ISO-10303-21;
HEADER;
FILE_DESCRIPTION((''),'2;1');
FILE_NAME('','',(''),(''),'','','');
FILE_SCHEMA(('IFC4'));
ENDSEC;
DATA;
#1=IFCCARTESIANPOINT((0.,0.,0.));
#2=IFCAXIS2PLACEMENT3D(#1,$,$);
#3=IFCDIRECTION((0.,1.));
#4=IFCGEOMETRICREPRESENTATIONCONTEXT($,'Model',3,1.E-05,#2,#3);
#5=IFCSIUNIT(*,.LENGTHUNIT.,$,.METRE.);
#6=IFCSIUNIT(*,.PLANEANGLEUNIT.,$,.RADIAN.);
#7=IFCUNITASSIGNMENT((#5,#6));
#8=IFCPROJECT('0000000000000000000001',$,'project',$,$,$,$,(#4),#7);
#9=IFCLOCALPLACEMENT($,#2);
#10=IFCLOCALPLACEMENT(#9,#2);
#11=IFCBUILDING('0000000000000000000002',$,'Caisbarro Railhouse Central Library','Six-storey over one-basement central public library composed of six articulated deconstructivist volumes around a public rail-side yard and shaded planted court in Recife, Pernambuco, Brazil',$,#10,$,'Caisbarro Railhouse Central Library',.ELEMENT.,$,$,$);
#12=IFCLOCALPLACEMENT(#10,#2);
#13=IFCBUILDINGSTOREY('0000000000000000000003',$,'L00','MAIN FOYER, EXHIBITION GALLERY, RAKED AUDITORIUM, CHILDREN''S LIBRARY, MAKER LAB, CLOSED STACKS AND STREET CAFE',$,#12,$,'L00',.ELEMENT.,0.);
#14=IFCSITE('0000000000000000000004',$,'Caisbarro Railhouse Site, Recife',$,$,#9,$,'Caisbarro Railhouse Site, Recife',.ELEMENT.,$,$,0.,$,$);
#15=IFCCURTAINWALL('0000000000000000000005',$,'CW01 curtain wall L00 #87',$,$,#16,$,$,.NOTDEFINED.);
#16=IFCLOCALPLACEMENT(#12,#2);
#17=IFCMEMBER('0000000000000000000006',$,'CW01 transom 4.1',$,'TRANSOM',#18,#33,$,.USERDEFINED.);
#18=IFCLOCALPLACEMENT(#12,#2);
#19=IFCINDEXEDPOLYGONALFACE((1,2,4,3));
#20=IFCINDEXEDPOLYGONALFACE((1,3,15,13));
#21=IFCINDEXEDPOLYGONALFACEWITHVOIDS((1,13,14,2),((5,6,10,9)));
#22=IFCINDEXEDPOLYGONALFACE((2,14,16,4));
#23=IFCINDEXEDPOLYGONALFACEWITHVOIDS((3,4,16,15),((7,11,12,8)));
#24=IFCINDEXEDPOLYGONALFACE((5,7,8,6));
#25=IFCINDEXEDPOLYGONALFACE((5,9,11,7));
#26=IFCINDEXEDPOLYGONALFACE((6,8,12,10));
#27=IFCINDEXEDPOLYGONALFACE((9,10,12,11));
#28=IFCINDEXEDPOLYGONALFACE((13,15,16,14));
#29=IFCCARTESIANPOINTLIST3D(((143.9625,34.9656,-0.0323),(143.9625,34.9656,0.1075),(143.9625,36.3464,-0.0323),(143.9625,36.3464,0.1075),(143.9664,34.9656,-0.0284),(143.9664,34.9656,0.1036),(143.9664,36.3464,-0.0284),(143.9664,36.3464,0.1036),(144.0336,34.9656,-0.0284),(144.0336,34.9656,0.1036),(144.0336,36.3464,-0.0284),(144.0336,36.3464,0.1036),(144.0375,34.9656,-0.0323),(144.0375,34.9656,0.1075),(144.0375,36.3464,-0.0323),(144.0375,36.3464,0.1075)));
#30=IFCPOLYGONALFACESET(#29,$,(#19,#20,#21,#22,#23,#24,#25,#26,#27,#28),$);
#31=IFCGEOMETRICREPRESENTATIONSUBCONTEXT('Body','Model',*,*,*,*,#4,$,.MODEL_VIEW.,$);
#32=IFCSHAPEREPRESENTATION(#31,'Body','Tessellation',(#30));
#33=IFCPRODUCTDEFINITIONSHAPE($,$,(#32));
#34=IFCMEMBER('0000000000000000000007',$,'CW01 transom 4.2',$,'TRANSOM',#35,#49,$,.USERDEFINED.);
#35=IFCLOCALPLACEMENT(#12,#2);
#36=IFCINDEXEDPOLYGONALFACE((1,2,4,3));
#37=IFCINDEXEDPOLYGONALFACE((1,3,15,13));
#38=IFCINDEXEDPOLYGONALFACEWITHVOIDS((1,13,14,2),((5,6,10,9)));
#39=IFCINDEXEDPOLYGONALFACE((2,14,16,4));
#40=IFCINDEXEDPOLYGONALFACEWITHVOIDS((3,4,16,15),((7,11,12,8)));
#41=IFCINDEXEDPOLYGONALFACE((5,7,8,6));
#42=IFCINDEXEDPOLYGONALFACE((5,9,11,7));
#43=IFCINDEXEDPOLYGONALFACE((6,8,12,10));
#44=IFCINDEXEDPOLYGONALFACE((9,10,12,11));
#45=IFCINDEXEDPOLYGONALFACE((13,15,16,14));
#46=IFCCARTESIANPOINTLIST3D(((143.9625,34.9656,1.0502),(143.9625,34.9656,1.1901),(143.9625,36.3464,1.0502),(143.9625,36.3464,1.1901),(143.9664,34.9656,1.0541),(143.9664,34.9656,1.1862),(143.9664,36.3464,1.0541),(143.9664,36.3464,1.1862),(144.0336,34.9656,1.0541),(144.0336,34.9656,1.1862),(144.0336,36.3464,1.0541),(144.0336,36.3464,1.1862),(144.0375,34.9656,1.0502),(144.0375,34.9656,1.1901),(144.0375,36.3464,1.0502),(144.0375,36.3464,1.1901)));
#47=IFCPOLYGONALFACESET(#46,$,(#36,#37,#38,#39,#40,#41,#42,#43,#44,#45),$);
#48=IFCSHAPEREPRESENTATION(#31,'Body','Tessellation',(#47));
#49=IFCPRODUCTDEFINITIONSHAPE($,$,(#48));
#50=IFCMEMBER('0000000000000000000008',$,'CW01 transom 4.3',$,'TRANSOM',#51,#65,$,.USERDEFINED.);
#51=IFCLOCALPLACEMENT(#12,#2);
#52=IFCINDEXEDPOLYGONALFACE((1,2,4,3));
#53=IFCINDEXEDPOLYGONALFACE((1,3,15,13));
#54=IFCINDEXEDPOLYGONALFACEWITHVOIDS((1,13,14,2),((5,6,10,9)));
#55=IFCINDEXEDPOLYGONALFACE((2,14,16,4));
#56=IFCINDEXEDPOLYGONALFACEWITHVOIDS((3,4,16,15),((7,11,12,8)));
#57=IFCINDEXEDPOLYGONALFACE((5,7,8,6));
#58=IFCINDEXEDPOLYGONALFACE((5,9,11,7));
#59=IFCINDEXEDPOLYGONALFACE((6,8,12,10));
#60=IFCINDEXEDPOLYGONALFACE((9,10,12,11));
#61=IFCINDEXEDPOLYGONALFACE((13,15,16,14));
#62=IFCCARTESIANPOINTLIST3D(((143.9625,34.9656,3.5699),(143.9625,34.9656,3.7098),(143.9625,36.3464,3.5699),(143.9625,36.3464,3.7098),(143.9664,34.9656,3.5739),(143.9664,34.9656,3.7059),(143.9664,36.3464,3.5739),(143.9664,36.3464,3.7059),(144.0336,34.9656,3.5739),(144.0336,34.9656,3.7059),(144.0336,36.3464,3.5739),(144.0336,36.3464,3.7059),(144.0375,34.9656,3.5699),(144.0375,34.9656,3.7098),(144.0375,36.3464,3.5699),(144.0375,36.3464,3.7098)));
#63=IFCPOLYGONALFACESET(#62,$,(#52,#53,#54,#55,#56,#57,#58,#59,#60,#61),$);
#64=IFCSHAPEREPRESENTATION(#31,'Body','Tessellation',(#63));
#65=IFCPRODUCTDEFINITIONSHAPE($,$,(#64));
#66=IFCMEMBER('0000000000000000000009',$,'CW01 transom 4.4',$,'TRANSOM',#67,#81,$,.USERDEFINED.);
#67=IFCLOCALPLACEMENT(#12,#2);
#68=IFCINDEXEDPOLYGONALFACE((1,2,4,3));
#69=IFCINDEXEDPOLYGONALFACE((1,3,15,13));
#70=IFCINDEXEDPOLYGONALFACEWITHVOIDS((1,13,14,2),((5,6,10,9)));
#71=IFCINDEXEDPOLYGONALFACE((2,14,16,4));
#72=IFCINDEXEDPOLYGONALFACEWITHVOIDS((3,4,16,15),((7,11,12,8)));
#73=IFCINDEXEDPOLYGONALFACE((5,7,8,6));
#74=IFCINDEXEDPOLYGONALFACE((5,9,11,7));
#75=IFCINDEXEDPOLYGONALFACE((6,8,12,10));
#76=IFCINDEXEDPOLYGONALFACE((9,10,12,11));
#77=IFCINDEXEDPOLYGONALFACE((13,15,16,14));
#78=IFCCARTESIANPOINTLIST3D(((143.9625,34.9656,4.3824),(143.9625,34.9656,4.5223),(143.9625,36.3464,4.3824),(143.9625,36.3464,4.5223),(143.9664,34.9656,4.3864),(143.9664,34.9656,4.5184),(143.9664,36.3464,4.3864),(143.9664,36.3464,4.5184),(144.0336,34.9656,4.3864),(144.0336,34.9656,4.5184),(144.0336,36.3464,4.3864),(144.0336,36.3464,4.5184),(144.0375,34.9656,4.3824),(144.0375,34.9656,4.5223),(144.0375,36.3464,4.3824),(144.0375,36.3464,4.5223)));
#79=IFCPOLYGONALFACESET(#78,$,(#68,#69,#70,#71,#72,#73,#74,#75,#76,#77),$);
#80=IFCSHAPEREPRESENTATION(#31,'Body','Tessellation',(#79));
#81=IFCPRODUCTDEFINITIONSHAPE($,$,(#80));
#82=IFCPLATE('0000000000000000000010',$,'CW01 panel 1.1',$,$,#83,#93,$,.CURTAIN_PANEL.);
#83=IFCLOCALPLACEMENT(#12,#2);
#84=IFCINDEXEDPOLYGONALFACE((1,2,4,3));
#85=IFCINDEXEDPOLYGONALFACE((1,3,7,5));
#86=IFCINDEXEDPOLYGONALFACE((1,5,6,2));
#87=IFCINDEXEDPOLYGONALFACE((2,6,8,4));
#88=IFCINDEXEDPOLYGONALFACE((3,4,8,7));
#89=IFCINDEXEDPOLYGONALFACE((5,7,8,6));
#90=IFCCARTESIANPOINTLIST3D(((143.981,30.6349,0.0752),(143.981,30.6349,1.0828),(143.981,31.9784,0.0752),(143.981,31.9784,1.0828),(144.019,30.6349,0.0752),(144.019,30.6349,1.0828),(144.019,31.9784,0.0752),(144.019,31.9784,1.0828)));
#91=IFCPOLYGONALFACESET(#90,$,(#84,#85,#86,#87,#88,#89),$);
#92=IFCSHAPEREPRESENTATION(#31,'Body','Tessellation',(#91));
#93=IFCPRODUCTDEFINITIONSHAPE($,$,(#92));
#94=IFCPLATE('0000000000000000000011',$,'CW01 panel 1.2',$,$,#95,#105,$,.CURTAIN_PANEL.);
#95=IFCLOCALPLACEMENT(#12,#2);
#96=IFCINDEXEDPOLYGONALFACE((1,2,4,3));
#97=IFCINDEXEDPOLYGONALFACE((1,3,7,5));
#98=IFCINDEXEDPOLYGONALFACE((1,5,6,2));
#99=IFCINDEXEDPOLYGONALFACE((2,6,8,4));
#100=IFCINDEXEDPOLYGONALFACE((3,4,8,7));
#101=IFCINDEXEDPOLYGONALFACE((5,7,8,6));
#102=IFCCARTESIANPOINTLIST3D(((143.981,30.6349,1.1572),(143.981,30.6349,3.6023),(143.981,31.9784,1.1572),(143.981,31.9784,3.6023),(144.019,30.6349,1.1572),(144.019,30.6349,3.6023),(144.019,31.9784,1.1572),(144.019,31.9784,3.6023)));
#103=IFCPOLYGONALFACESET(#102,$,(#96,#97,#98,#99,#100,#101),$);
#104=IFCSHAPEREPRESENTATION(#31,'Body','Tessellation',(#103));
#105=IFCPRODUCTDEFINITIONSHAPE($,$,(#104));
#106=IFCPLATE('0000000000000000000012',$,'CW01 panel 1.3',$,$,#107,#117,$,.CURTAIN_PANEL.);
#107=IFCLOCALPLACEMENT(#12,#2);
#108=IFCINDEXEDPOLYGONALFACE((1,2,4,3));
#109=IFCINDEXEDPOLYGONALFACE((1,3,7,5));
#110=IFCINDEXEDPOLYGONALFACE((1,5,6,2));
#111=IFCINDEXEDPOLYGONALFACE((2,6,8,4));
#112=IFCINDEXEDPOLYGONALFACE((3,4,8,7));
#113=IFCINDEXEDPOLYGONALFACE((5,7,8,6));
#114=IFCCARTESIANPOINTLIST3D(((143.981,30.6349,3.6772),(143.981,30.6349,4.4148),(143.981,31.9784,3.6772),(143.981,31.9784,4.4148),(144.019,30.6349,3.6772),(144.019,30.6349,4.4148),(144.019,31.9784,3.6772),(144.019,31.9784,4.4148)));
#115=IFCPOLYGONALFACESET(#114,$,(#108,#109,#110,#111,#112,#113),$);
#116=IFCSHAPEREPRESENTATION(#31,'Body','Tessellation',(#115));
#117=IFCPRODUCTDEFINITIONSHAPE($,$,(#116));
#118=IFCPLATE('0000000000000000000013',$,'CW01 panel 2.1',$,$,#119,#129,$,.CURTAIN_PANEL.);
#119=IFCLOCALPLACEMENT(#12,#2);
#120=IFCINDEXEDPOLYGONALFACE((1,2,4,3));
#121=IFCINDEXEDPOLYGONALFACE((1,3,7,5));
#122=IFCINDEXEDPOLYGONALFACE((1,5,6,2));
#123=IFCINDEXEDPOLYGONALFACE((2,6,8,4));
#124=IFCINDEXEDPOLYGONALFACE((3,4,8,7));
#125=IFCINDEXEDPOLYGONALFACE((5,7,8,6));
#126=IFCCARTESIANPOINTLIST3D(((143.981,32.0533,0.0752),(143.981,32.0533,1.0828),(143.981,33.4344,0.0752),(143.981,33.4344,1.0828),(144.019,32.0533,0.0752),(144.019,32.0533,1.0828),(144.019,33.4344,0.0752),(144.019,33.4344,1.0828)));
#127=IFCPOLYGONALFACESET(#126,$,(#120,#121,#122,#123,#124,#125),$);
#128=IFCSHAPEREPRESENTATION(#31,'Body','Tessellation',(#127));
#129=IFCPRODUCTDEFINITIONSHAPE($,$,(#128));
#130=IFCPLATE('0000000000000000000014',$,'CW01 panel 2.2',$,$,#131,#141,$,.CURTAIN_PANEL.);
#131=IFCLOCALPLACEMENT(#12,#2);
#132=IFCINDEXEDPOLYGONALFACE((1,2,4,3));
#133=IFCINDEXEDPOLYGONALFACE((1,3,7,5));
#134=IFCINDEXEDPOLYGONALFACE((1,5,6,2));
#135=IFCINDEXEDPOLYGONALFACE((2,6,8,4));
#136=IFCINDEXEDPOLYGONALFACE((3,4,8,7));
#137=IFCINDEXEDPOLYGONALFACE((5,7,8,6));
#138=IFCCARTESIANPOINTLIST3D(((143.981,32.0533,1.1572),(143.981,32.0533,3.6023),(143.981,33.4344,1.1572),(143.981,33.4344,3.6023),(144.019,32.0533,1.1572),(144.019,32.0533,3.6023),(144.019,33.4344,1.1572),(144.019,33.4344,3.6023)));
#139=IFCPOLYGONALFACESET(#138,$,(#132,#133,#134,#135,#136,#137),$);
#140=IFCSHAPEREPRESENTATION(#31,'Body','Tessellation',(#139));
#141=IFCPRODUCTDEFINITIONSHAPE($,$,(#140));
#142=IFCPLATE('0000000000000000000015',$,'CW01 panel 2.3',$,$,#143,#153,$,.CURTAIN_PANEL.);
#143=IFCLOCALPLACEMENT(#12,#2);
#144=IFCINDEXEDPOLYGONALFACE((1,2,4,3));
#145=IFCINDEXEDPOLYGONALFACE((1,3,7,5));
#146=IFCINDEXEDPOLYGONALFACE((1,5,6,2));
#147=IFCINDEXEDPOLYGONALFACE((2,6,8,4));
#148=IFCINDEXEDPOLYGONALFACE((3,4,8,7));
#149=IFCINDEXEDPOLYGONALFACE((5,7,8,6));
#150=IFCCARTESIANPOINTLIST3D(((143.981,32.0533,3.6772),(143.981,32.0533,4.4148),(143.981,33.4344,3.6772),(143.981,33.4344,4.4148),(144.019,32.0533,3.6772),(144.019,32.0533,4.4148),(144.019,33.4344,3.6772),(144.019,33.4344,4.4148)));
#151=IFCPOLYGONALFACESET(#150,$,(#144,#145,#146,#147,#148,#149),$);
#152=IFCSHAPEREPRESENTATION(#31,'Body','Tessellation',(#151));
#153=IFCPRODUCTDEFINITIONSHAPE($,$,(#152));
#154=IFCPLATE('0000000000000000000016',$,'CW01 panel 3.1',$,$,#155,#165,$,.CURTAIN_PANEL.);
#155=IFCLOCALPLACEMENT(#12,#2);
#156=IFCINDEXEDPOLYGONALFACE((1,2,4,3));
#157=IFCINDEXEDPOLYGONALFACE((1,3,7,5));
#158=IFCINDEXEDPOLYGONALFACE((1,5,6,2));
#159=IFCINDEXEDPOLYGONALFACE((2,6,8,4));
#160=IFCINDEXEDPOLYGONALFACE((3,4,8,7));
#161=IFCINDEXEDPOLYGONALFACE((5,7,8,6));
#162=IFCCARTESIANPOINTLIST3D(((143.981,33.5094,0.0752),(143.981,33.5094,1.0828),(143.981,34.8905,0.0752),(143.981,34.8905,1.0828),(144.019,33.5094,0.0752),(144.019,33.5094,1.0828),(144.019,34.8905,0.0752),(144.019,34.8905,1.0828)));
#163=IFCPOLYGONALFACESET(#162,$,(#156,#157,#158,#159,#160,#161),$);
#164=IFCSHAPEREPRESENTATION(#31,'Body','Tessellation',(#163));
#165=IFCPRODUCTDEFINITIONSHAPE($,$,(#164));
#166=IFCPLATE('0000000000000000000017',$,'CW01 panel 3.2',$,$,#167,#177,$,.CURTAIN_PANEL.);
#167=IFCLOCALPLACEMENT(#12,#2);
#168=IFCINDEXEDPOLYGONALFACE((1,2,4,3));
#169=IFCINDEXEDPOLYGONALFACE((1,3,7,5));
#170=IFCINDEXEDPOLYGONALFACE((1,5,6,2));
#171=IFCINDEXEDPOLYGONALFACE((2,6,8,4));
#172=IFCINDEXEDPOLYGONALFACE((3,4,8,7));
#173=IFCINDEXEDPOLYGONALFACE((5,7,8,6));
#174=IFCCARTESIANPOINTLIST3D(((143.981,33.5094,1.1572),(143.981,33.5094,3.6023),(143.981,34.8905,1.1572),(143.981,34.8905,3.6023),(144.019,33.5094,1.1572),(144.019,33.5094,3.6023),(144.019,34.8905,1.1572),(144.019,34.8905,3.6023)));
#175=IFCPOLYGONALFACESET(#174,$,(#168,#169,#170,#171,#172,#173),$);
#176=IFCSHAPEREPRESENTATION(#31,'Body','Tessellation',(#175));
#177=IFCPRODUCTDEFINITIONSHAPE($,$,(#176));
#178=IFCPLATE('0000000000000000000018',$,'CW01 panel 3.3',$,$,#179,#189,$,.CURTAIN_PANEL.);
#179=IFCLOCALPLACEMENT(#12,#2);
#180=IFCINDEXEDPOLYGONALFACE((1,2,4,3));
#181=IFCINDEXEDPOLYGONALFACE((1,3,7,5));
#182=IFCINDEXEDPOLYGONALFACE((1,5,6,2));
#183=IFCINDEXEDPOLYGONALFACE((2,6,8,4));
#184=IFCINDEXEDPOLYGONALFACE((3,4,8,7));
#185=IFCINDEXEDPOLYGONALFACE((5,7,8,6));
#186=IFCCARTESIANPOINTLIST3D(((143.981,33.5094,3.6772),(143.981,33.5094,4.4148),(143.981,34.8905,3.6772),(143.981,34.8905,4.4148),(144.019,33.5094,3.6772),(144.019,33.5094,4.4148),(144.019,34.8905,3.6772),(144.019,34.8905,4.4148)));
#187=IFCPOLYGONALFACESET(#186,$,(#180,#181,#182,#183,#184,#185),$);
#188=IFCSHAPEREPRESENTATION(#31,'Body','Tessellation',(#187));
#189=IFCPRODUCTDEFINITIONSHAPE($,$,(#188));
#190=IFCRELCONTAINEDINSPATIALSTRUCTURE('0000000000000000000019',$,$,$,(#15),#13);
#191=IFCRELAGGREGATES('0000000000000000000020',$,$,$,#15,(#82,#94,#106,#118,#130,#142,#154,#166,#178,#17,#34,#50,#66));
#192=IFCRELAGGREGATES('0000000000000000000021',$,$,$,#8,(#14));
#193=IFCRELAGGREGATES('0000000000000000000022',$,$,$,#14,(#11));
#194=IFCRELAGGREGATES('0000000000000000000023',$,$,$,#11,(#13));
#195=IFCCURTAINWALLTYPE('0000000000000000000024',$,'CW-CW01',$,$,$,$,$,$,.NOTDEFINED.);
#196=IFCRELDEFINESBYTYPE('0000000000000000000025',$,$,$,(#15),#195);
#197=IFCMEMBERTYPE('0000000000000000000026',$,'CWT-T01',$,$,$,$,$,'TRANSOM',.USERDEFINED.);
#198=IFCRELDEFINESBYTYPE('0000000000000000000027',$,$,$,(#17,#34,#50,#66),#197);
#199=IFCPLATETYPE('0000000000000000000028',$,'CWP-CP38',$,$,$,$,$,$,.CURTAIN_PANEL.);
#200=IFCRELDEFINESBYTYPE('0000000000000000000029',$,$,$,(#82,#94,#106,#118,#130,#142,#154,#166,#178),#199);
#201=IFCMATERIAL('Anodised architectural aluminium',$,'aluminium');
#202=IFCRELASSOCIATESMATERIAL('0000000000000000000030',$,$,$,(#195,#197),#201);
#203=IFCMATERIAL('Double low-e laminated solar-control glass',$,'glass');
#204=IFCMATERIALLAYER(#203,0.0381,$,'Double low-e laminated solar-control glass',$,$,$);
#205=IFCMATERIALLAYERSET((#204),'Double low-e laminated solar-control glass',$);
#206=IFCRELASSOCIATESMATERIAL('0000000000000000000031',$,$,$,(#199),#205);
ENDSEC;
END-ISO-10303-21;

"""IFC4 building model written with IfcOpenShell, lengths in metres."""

from ifc_helpers import new_model, si_unit, direction, frame, origin, origin_2d, place, context, subcontext, project, spatial, rectangle, hollow_rectangle, extrude, material, layer, layer_set, material_profile, profile_set, type_object, element, aggregate, save


model = new_model("IFC4")

# Units and contexts
model_context = context("Model", 3, precision=1e-05, world=origin(), true_north=direction((0.0, 1.0)))
body_context = subcontext(model_context, "Body", "Model", "MODEL_VIEW")
ifc_project = project(units=[si_unit("LENGTHUNIT", "METRE"), si_unit("PLANEANGLEUNIT", "RADIAN")], contexts=[model_context])

# Site, building, storey
site_placement = place(None, origin())
site = spatial("IfcSite", under=ifc_project, at=site_placement, Name="Caisbarro Railhouse Site, Recife", LongName="Caisbarro Railhouse Site, Recife", CompositionType="ELEMENT", RefElevation=0.0)
building_placement = place(site_placement, origin())
building = spatial("IfcBuilding", under=site, at=building_placement, Name="Caisbarro Railhouse Central Library", Description="Six-storey over one-basement central public library composed of six articulated deconstructivist volumes around a public rail-side yard and shaded planted court in Recife, Pernambuco, Brazil", LongName="Caisbarro Railhouse Central Library", CompositionType="ELEMENT")
storey_placement = place(building_placement, origin())
storey = spatial("IfcBuildingStorey", under=building, at=storey_placement, Name="L00", Description="MAIN FOYER, EXHIBITION GALLERY, RAKED AUDITORIUM, CHILDREN'S LIBRARY, MAKER LAB, CLOSED STACKS AND STREET CAFE", LongName="L00", CompositionType="ELEMENT", Elevation=0.0)

# Curtain wall, members, plates
ifc_material_1 = material(Name="Anodised architectural aluminium", Category="aluminium")
curtain_wall_type = type_object("IfcCurtainWallType", Name="CW-CW01", PredefinedType="NOTDEFINED", material=ifc_material_1)
curtain_wall_placement = place(storey_placement, origin())
curtain_wall = element("IfcCurtainWall", 1, at=curtain_wall_placement, inside=storey, type_object=curtain_wall_type, Name="CW01 curtain wall L00 #87", PredefinedType="NOTDEFINED")
ifc_material_profile_1 = material_profile(ifc_material_1, hollow_rectangle(XDim=0.075, YDim=0.1399, WallThickness=0.0039, at=origin_2d()), Name="ALU-TRN-75X140")
ifc_profile_set_1 = profile_set([ifc_material_profile_1], Name="Anodised architectural aluminium")
member_type_1 = type_object("IfcMemberType", Name="CWT-T01", ElementType="TRANSOM", PredefinedType="USERDEFINED", material=ifc_profile_set_1)
member_1_placement = place(storey_placement, frame((144.0, 34.9656, 0.0376), z_axis=(0.0, 1.0, 0.0), x_axis=(-1.0, 0.0, 0.0)))
member_1 = element("IfcMember", 2, at=member_1_placement, type_object=member_type_1, Name="CW01 transom 4.1", ObjectType="TRANSOM", PredefinedType="USERDEFINED", context=body_context, shape_type="SweptSolid", body=[
    extrude(hollow_rectangle(XDim=0.075, YDim=0.1399, WallThickness=0.0039, at=origin_2d()), origin(), (0.0, 0.0, 1.0), 1.3809),
])
member_2_placement = place(storey_placement, frame((144.0, 34.9656, 1.1201), z_axis=(0.0, 1.0, 0.0), x_axis=(-1.0, 0.0, 0.0)))
member_2 = element("IfcMember", 3, at=member_2_placement, type_object=member_type_1, Name="CW01 transom 4.2", ObjectType="TRANSOM", PredefinedType="USERDEFINED", context=body_context, shape_type="SweptSolid", body=[
    extrude(hollow_rectangle(XDim=0.075, YDim=0.1399, WallThickness=0.0039, at=origin_2d()), origin(), (0.0, 0.0, 1.0), 1.3809),
])
member_3_placement = place(storey_placement, frame((144.0, 34.9656, 3.6399), z_axis=(0.0, 1.0, 0.0), x_axis=(-1.0, 0.0, 0.0)))
member_3 = element("IfcMember", 4, at=member_3_placement, type_object=member_type_1, Name="CW01 transom 4.3", ObjectType="TRANSOM", PredefinedType="USERDEFINED", context=body_context, shape_type="SweptSolid", body=[
    extrude(hollow_rectangle(XDim=0.075, YDim=0.1399, WallThickness=0.0039, at=origin_2d()), origin(), (0.0, 0.0, 1.0), 1.3809),
])
member_4_placement = place(storey_placement, frame((144.0, 34.9656, 4.4524), z_axis=(0.0, 1.0, 0.0), x_axis=(-1.0, 0.0, 0.0)))
member_4 = element("IfcMember", 5, at=member_4_placement, type_object=member_type_1, Name="CW01 transom 4.4", ObjectType="TRANSOM", PredefinedType="USERDEFINED", context=body_context, shape_type="SweptSolid", body=[
    extrude(hollow_rectangle(XDim=0.075, YDim=0.1399, WallThickness=0.0039, at=origin_2d()), origin(), (0.0, 0.0, 1.0), 1.3809),
])
ifc_material_2 = material(Name="Double low-e laminated solar-control glass", Category="glass")
ifc_layer_1 = layer(ifc_material_2, 0.0381, Name="Double low-e laminated solar-control glass")
ifc_layer_set_1 = layer_set([ifc_layer_1], Name="Double low-e laminated solar-control glass")
plate_type = type_object("IfcPlateType", Name="CWP-CP38", PredefinedType="CURTAIN_PANEL", material=ifc_layer_set_1)
plate_1_placement = place(storey_placement, frame((144.0, 31.3066, 0.0752), z_axis=(0.0, 0.0, 1.0), x_axis=(0.0, 1.0, 0.0)))
plate_1 = element("IfcPlate", 6, at=plate_1_placement, type_object=plate_type, Name="CW01 panel 1.1", PredefinedType="CURTAIN_PANEL", context=body_context, shape_type="SweptSolid", body=[
    extrude(rectangle(XDim=1.3435, YDim=0.0381, at=origin_2d()), origin(), (0.0, 0.0, 1.0), 1.0076),
])
plate_2_placement = place(storey_placement, frame((144.0, 31.3066, 1.1572), z_axis=(0.0, 0.0, 1.0), x_axis=(0.0, 1.0, 0.0)))
plate_2 = element("IfcPlate", 7, at=plate_2_placement, type_object=plate_type, Name="CW01 panel 1.2", PredefinedType="CURTAIN_PANEL", context=body_context, shape_type="SweptSolid", body=[
    extrude(rectangle(XDim=1.3435, YDim=0.0381, at=origin_2d()), origin(), (0.0, 0.0, 1.0), 2.4451),
])
plate_3_placement = place(storey_placement, frame((144.0, 31.3066, 3.6772), z_axis=(0.0, 0.0, 1.0), x_axis=(0.0, 1.0, 0.0)))
plate_3 = element("IfcPlate", 8, at=plate_3_placement, type_object=plate_type, Name="CW01 panel 1.3", PredefinedType="CURTAIN_PANEL", context=body_context, shape_type="SweptSolid", body=[
    extrude(rectangle(XDim=1.3435, YDim=0.0381, at=origin_2d()), origin(), (0.0, 0.0, 1.0), 0.7375),
])
plate_4_placement = place(storey_placement, frame((144.0, 32.7439, 0.0752), z_axis=(0.0, 0.0, 1.0), x_axis=(0.0, 1.0, 0.0)))
plate_4 = element("IfcPlate", 9, at=plate_4_placement, type_object=plate_type, Name="CW01 panel 2.1", PredefinedType="CURTAIN_PANEL", context=body_context, shape_type="SweptSolid", body=[
    extrude(rectangle(XDim=1.3811, YDim=0.0381, at=origin_2d()), origin(), (0.0, 0.0, 1.0), 1.0076),
])
plate_5_placement = place(storey_placement, frame((144.0, 32.7439, 1.1572), z_axis=(0.0, 0.0, 1.0), x_axis=(0.0, 1.0, 0.0)))
plate_5 = element("IfcPlate", 10, at=plate_5_placement, type_object=plate_type, Name="CW01 panel 2.2", PredefinedType="CURTAIN_PANEL", context=body_context, shape_type="SweptSolid", body=[
    extrude(rectangle(XDim=1.3811, YDim=0.0381, at=origin_2d()), origin(), (0.0, 0.0, 1.0), 2.4451),
])
plate_6_placement = place(storey_placement, frame((144.0, 32.7439, 3.6772), z_axis=(0.0, 0.0, 1.0), x_axis=(0.0, 1.0, 0.0)))
plate_6 = element("IfcPlate", 11, at=plate_6_placement, type_object=plate_type, Name="CW01 panel 2.3", PredefinedType="CURTAIN_PANEL", context=body_context, shape_type="SweptSolid", body=[
    extrude(rectangle(XDim=1.3811, YDim=0.0381, at=origin_2d()), origin(), (0.0, 0.0, 1.0), 0.7375),
])
plate_7_placement = place(storey_placement, frame((144.0, 34.2, 0.0752), z_axis=(0.0, 0.0, 1.0), x_axis=(0.0, 1.0, 0.0)))
plate_7 = element("IfcPlate", 12, at=plate_7_placement, type_object=plate_type, Name="CW01 panel 3.1", PredefinedType="CURTAIN_PANEL", context=body_context, shape_type="SweptSolid", body=[
    extrude(rectangle(XDim=1.3811, YDim=0.0381, at=origin_2d()), origin(), (0.0, 0.0, 1.0), 1.0076),
])
plate_8_placement = place(storey_placement, frame((144.0, 34.2, 1.1572), z_axis=(0.0, 0.0, 1.0), x_axis=(0.0, 1.0, 0.0)))
plate_8 = element("IfcPlate", 13, at=plate_8_placement, type_object=plate_type, Name="CW01 panel 3.2", PredefinedType="CURTAIN_PANEL", context=body_context, shape_type="SweptSolid", body=[
    extrude(rectangle(XDim=1.3811, YDim=0.0381, at=origin_2d()), origin(), (0.0, 0.0, 1.0), 2.4451),
])
plate_9_placement = place(storey_placement, frame((144.0, 34.2, 3.6772), z_axis=(0.0, 0.0, 1.0), x_axis=(0.0, 1.0, 0.0)))
plate_9 = element("IfcPlate", 14, at=plate_9_placement, type_object=plate_type, Name="CW01 panel 3.3", PredefinedType="CURTAIN_PANEL", context=body_context, shape_type="SweptSolid", body=[
    extrude(rectangle(XDim=1.3811, YDim=0.0381, at=origin_2d()), origin(), (0.0, 0.0, 1.0), 0.7375),
])
aggregate(curtain_wall, [plate_1, plate_2, plate_3, plate_4, plate_5, plate_6, plate_7, plate_8, plate_9, member_1, member_2, member_3, member_4])

save(model, "model.ifc")
